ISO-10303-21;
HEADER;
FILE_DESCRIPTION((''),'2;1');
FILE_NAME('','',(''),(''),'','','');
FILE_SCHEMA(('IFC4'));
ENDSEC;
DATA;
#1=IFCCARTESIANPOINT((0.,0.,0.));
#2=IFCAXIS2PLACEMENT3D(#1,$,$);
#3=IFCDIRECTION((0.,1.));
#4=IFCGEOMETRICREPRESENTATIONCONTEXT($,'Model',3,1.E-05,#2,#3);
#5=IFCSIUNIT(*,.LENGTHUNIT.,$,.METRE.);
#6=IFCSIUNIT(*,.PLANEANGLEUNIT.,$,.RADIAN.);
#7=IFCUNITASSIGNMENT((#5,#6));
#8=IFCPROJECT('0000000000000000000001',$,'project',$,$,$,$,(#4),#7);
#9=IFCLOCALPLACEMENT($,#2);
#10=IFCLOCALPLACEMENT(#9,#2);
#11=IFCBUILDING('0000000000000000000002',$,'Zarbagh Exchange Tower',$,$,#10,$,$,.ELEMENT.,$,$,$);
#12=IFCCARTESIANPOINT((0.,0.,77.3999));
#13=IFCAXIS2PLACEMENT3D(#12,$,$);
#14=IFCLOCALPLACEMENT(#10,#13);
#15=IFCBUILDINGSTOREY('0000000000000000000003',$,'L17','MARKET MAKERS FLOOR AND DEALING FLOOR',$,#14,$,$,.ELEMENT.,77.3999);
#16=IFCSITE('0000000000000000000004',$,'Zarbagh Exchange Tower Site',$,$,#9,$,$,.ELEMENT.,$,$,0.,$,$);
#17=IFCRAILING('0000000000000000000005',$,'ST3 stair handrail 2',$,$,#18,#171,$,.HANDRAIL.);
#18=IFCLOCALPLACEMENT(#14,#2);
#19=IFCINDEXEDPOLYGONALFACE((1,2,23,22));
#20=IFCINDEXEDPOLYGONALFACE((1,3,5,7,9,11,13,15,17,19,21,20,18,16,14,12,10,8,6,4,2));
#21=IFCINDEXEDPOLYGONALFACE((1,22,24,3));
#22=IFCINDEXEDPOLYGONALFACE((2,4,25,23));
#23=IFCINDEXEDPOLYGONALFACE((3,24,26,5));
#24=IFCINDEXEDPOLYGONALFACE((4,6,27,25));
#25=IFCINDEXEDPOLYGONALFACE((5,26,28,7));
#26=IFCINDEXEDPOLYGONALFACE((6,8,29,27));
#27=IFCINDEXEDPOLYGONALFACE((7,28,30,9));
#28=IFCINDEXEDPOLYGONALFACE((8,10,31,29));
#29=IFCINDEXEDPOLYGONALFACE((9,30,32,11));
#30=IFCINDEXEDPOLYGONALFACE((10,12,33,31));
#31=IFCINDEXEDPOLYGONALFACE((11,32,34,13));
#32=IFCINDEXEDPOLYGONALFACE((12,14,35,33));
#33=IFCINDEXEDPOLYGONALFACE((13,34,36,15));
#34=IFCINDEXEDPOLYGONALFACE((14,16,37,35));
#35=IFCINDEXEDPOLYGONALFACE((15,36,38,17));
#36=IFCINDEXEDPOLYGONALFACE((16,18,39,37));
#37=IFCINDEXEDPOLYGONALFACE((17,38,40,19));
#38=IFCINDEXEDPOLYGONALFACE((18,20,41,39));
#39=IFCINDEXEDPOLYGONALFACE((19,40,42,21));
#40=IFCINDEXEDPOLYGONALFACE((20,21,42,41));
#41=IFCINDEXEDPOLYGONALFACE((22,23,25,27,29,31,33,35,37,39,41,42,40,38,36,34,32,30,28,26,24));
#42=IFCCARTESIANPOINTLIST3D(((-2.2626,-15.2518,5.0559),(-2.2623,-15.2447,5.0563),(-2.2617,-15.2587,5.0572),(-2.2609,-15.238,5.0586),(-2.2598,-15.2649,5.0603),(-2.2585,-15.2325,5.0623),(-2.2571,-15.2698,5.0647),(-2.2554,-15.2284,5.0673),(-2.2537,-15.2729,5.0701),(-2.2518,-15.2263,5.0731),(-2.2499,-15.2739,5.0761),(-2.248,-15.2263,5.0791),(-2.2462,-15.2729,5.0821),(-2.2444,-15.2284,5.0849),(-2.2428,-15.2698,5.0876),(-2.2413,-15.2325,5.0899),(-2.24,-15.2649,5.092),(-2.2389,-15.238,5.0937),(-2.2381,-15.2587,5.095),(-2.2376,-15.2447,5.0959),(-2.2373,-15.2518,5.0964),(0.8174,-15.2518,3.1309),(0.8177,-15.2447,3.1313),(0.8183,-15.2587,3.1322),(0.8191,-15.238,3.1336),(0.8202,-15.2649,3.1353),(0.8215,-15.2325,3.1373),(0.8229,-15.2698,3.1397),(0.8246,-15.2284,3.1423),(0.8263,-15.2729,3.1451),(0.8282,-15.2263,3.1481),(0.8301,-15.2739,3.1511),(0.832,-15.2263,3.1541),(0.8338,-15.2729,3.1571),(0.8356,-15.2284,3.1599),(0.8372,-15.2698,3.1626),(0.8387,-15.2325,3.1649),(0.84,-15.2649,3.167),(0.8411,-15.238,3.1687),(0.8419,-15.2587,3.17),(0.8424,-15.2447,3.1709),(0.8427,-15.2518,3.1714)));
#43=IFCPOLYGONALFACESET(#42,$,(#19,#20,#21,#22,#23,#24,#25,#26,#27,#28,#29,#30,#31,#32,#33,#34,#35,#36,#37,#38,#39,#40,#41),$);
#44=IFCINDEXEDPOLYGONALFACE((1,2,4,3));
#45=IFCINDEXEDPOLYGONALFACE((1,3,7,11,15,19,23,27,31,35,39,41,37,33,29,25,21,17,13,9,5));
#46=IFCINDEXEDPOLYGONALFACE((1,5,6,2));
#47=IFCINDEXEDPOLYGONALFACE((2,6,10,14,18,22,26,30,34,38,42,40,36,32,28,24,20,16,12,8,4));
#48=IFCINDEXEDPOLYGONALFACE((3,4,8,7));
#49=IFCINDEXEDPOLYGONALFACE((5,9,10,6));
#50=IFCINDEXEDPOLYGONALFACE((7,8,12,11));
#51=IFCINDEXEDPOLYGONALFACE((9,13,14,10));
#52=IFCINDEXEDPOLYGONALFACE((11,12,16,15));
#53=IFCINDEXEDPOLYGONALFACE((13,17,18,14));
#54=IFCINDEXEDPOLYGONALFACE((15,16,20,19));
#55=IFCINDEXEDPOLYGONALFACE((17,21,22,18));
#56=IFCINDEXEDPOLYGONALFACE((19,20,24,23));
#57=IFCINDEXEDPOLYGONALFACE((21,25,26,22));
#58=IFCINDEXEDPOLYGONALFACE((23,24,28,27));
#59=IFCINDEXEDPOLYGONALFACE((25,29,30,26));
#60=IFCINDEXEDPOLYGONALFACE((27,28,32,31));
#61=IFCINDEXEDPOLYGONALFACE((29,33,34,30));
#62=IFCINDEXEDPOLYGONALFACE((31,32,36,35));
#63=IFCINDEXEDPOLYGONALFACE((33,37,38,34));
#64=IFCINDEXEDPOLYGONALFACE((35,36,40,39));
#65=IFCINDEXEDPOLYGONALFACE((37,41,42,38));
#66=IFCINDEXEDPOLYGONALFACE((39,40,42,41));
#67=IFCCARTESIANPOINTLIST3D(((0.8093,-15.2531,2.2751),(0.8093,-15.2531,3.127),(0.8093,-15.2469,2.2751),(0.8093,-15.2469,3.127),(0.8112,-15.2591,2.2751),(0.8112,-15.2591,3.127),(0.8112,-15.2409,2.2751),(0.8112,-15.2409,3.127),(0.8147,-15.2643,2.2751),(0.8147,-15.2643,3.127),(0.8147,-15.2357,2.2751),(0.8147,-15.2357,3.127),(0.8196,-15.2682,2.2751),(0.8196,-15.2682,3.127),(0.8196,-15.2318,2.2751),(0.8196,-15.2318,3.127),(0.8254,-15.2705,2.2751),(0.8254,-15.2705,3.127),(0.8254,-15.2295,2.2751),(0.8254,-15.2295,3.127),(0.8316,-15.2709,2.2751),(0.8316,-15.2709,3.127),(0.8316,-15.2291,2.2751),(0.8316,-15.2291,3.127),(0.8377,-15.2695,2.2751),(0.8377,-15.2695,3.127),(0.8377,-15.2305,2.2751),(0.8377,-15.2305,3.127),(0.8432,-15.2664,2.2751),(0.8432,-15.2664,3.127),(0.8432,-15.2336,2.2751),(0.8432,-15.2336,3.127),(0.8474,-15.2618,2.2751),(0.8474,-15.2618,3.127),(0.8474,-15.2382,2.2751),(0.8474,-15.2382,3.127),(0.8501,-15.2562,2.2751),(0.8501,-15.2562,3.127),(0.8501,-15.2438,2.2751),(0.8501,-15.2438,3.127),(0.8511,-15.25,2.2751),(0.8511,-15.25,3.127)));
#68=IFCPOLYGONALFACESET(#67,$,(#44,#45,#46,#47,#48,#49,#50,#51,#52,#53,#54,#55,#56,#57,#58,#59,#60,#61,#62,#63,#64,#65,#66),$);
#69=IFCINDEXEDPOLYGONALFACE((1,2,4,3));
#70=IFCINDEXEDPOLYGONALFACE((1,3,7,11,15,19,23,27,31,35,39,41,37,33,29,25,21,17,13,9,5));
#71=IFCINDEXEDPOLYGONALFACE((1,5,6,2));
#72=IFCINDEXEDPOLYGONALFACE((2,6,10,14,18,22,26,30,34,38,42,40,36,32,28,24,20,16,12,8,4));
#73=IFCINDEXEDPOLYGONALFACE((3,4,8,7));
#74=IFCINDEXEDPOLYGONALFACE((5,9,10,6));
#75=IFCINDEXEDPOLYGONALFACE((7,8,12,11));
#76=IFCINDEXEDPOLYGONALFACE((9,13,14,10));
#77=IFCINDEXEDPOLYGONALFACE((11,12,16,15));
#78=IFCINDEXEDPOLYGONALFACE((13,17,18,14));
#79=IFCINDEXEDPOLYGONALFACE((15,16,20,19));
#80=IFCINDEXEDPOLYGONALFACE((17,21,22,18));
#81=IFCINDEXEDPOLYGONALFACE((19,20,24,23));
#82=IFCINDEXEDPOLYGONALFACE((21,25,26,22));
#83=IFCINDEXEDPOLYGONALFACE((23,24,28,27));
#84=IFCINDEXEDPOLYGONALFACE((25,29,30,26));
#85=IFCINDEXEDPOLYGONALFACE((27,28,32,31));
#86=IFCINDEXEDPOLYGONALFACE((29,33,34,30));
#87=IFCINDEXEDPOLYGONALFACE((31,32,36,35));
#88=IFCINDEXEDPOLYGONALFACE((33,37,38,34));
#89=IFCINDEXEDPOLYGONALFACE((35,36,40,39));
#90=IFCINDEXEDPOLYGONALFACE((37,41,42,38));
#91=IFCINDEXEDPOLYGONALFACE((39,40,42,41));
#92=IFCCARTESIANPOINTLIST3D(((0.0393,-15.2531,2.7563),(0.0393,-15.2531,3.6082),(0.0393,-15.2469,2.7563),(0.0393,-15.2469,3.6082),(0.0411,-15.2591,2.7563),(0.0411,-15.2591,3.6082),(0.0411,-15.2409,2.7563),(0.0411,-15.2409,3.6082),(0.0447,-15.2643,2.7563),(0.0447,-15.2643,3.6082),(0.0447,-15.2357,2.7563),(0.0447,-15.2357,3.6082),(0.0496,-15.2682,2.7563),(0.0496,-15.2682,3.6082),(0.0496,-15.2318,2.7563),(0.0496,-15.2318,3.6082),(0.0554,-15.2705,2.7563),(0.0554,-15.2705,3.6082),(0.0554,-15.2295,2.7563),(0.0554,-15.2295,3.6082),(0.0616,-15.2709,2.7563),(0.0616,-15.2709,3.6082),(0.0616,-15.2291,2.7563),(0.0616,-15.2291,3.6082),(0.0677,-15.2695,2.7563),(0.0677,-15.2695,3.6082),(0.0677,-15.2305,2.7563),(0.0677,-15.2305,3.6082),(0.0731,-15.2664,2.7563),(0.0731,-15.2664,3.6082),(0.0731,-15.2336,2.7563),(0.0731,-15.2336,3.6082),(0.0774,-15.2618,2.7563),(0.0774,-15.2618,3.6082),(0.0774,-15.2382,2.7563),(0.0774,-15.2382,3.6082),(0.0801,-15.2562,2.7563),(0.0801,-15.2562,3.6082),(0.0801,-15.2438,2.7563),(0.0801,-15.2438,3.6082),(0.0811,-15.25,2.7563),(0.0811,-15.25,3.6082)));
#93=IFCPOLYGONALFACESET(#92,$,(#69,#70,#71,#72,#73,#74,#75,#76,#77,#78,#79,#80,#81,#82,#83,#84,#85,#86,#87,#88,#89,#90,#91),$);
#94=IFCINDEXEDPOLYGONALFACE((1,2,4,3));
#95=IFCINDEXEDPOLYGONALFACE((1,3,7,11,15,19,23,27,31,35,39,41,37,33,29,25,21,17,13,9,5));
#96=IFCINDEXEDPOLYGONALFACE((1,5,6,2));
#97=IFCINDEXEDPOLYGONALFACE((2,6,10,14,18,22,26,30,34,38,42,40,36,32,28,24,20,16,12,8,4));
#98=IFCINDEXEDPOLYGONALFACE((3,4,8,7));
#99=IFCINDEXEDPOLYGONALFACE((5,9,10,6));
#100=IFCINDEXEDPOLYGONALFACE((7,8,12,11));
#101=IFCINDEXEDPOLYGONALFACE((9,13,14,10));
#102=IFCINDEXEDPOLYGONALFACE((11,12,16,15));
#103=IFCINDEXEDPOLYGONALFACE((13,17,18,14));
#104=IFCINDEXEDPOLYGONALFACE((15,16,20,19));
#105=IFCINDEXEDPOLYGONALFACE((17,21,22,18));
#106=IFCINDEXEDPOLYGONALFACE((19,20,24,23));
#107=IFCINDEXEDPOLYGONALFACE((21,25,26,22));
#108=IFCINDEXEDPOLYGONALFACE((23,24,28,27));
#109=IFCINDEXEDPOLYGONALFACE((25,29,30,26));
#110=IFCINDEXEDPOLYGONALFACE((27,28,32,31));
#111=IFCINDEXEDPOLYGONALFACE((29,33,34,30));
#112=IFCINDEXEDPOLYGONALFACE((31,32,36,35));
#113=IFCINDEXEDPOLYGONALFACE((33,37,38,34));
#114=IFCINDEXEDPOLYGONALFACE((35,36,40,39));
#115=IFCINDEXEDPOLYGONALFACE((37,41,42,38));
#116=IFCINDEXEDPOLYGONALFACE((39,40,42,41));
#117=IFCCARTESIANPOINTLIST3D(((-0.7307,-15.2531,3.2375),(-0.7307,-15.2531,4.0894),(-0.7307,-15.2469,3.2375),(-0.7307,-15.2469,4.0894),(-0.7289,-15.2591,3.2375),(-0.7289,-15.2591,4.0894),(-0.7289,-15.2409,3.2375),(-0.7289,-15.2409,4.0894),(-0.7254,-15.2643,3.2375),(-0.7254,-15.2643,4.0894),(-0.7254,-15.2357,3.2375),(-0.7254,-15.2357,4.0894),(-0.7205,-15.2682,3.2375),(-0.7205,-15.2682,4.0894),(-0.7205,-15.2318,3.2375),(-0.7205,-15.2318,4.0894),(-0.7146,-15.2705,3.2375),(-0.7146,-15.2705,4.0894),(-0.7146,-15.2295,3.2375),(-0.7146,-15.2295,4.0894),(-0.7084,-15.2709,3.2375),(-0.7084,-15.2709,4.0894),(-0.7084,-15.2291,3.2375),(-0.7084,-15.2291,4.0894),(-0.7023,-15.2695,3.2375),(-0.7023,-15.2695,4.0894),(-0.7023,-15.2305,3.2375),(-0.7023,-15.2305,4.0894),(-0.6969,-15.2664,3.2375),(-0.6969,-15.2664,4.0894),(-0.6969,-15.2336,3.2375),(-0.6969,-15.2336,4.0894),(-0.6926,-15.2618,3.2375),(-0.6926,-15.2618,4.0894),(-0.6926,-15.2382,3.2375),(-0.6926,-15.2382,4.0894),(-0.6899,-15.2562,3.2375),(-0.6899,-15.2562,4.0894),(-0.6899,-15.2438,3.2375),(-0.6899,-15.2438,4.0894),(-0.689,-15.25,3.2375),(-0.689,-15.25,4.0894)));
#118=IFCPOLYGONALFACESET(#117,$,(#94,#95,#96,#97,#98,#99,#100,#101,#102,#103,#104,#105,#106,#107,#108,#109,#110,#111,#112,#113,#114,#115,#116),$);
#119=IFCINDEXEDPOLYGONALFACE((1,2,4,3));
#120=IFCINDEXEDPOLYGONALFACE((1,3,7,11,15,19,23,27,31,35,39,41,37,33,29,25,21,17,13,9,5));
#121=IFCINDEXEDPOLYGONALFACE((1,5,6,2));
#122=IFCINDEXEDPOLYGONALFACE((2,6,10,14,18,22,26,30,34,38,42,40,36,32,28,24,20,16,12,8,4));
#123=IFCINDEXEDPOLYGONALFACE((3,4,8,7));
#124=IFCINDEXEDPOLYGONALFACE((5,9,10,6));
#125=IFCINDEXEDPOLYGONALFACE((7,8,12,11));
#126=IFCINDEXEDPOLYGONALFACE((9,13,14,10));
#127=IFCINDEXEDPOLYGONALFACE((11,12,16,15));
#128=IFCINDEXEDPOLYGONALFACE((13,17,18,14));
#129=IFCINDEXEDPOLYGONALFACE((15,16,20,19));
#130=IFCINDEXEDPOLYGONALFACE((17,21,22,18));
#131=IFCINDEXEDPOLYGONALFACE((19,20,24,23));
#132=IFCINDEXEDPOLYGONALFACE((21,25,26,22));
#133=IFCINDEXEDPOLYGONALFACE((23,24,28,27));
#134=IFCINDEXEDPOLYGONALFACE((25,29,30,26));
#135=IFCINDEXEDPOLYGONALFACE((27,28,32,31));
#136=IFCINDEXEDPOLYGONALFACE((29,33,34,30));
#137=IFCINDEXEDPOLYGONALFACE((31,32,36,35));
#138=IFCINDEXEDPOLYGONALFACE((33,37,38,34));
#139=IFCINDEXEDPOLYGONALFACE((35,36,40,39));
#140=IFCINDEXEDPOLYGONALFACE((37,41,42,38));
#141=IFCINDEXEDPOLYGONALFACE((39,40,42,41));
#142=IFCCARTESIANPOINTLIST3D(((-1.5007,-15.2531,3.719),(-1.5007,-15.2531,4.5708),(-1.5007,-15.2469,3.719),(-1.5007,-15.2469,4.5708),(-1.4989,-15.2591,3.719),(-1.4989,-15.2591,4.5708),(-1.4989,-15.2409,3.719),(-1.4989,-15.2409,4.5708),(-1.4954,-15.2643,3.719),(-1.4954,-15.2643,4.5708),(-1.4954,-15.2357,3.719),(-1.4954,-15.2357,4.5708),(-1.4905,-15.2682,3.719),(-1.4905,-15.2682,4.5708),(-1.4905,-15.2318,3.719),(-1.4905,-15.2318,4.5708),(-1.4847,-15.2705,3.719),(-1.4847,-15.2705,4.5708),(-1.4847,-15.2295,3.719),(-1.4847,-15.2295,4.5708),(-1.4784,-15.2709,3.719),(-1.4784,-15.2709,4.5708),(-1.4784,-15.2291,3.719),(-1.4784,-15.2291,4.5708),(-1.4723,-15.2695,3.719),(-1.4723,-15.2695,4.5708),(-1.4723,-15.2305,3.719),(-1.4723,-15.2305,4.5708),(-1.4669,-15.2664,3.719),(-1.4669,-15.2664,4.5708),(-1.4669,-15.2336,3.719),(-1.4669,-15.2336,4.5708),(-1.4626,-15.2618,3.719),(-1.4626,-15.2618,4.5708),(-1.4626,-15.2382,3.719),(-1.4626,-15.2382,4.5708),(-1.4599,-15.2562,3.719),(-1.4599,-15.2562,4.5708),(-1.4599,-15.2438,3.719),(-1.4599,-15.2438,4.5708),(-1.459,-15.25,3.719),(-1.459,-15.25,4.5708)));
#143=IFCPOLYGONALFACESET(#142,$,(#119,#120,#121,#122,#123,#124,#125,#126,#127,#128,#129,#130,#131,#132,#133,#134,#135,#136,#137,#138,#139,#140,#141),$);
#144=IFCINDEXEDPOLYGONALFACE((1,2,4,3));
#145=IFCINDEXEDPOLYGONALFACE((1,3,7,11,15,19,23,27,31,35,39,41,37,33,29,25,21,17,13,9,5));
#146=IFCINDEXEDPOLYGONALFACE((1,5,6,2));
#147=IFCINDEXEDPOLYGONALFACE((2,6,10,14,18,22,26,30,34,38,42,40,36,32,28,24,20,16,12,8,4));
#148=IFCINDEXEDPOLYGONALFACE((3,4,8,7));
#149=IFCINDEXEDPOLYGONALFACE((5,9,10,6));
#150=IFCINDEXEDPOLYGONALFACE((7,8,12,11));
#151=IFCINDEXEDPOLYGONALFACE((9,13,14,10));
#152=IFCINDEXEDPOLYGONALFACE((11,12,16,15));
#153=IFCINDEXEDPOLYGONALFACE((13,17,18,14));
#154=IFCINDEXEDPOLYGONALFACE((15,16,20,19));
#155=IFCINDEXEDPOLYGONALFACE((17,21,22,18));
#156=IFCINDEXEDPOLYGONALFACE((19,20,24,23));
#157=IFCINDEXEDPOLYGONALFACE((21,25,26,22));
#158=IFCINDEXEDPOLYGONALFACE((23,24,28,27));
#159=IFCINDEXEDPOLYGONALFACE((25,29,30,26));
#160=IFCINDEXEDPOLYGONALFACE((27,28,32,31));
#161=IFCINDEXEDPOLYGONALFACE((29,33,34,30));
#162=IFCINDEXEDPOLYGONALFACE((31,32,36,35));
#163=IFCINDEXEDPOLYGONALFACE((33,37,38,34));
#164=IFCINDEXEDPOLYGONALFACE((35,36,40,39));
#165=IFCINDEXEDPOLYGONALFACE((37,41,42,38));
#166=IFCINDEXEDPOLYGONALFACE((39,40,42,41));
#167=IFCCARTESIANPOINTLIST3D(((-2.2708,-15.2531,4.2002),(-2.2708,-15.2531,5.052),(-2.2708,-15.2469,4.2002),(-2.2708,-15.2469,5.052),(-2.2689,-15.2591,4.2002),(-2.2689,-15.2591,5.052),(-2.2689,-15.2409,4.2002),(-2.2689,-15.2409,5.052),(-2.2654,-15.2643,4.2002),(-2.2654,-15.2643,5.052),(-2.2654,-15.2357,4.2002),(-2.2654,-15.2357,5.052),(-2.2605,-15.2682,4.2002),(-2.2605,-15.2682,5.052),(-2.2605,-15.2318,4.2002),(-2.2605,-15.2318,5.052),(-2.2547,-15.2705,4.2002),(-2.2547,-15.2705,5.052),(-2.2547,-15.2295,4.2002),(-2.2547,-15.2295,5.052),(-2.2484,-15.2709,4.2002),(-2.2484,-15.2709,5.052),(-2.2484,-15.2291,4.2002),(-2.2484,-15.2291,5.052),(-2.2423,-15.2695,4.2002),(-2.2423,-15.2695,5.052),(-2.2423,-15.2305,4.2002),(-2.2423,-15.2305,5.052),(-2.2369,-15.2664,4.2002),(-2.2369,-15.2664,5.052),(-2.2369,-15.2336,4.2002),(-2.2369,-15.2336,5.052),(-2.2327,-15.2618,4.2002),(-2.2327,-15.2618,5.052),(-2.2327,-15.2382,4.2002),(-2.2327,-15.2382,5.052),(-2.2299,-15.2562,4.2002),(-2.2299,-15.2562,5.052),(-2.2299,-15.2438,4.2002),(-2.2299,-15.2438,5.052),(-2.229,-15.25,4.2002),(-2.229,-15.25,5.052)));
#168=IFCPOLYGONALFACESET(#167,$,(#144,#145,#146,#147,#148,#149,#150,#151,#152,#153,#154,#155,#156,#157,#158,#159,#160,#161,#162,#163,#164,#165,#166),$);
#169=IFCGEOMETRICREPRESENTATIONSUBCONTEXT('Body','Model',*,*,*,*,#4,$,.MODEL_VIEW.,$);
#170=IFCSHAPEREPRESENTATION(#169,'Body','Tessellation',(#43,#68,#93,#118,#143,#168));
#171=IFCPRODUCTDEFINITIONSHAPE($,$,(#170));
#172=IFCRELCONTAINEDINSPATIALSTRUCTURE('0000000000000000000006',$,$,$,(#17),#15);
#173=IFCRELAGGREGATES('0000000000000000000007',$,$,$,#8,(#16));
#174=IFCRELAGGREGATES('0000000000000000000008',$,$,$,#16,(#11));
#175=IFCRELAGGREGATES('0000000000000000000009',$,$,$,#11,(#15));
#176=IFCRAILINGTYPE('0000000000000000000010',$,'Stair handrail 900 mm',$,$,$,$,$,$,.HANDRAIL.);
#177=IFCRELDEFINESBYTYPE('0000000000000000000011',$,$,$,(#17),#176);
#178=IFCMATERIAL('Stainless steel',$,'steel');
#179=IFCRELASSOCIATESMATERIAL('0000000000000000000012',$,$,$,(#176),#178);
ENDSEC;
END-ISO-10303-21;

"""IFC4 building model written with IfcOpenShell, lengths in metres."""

from ifc_helpers import new_model, si_unit, direction, frame, origin, origin_2d, place, context, subcontext, project, spatial, circle, extrude, material, type_object, element, save


model = new_model("IFC4")

# Units and contexts
model_context = context("Model", 3, precision=1e-05, world=origin(), true_north=direction((0.0, 1.0)))
body_context = subcontext(model_context, "Body", "Model", "MODEL_VIEW")
ifc_project = project(units=[si_unit("LENGTHUNIT", "METRE"), si_unit("PLANEANGLEUNIT", "RADIAN")], contexts=[model_context])

# Site, building, storey
site_placement = place(None, origin())
site = spatial("IfcSite", under=ifc_project, at=site_placement, Name="Zarbagh Exchange Tower Site", CompositionType="ELEMENT", RefElevation=0.0)
building_placement = place(site_placement, origin())
building = spatial("IfcBuilding", under=site, at=building_placement, Name="Zarbagh Exchange Tower", CompositionType="ELEMENT")
storey_placement = place(building_placement, frame((0.0, 0.0, 77.3999)))
storey = spatial("IfcBuildingStorey", under=building, at=storey_placement, Name="L17", Description="MARKET MAKERS FLOOR AND DEALING FLOOR", CompositionType="ELEMENT", Elevation=77.3999)

# Railing
ifc_material_1 = material(Name="Stainless steel", Category="steel")
railing_type_1 = type_object("IfcRailingType", Name="Stair handrail 900 mm", PredefinedType="HANDRAIL", material=ifc_material_1)
for number, where, name in (
    (1, (0.8301, -15.25, 2.2751), "ST3 stair handrail 2"),
):
    element("IfcRailing", number, at=place(storey_placement, frame(where)), inside=storey, type_object=railing_type_1, Name=name, PredefinedType="HANDRAIL", context=body_context, shape_type="SweptSolid", body=[
        extrude(circle(Radius=0.0239, at=origin_2d()), frame((0.0, 0.0, 0.876), z_axis=(-0.847998, 0.0, 0.529999), x_axis=(0.0, -1.0, 0.0)), (0.0, 0.0, 1.0), 3.6321),
        extrude(circle(Radius=0.021, at=origin_2d()), origin(), (0.0, 0.0, 1.0), 0.8518),
        extrude(circle(Radius=0.021, at=origin_2d()), frame((-0.77, 0.0, 0.4812)), (0.0, 0.0, 1.0), 0.8518),
        extrude(circle(Radius=0.021, at=origin_2d()), frame((-1.54, 0.0, 0.9624)), (0.0, 0.0, 1.0), 0.8518),
        extrude(circle(Radius=0.021, at=origin_2d()), frame((-2.3101, 0.0, 1.4438)), (0.0, 0.0, 1.0), 0.8518),
        extrude(circle(Radius=0.021, at=origin_2d()), frame((-3.0801, 0.0, 1.925)), (0.0, 0.0, 1.0), 0.8518),
    ])

save(model, "model.ifc")
